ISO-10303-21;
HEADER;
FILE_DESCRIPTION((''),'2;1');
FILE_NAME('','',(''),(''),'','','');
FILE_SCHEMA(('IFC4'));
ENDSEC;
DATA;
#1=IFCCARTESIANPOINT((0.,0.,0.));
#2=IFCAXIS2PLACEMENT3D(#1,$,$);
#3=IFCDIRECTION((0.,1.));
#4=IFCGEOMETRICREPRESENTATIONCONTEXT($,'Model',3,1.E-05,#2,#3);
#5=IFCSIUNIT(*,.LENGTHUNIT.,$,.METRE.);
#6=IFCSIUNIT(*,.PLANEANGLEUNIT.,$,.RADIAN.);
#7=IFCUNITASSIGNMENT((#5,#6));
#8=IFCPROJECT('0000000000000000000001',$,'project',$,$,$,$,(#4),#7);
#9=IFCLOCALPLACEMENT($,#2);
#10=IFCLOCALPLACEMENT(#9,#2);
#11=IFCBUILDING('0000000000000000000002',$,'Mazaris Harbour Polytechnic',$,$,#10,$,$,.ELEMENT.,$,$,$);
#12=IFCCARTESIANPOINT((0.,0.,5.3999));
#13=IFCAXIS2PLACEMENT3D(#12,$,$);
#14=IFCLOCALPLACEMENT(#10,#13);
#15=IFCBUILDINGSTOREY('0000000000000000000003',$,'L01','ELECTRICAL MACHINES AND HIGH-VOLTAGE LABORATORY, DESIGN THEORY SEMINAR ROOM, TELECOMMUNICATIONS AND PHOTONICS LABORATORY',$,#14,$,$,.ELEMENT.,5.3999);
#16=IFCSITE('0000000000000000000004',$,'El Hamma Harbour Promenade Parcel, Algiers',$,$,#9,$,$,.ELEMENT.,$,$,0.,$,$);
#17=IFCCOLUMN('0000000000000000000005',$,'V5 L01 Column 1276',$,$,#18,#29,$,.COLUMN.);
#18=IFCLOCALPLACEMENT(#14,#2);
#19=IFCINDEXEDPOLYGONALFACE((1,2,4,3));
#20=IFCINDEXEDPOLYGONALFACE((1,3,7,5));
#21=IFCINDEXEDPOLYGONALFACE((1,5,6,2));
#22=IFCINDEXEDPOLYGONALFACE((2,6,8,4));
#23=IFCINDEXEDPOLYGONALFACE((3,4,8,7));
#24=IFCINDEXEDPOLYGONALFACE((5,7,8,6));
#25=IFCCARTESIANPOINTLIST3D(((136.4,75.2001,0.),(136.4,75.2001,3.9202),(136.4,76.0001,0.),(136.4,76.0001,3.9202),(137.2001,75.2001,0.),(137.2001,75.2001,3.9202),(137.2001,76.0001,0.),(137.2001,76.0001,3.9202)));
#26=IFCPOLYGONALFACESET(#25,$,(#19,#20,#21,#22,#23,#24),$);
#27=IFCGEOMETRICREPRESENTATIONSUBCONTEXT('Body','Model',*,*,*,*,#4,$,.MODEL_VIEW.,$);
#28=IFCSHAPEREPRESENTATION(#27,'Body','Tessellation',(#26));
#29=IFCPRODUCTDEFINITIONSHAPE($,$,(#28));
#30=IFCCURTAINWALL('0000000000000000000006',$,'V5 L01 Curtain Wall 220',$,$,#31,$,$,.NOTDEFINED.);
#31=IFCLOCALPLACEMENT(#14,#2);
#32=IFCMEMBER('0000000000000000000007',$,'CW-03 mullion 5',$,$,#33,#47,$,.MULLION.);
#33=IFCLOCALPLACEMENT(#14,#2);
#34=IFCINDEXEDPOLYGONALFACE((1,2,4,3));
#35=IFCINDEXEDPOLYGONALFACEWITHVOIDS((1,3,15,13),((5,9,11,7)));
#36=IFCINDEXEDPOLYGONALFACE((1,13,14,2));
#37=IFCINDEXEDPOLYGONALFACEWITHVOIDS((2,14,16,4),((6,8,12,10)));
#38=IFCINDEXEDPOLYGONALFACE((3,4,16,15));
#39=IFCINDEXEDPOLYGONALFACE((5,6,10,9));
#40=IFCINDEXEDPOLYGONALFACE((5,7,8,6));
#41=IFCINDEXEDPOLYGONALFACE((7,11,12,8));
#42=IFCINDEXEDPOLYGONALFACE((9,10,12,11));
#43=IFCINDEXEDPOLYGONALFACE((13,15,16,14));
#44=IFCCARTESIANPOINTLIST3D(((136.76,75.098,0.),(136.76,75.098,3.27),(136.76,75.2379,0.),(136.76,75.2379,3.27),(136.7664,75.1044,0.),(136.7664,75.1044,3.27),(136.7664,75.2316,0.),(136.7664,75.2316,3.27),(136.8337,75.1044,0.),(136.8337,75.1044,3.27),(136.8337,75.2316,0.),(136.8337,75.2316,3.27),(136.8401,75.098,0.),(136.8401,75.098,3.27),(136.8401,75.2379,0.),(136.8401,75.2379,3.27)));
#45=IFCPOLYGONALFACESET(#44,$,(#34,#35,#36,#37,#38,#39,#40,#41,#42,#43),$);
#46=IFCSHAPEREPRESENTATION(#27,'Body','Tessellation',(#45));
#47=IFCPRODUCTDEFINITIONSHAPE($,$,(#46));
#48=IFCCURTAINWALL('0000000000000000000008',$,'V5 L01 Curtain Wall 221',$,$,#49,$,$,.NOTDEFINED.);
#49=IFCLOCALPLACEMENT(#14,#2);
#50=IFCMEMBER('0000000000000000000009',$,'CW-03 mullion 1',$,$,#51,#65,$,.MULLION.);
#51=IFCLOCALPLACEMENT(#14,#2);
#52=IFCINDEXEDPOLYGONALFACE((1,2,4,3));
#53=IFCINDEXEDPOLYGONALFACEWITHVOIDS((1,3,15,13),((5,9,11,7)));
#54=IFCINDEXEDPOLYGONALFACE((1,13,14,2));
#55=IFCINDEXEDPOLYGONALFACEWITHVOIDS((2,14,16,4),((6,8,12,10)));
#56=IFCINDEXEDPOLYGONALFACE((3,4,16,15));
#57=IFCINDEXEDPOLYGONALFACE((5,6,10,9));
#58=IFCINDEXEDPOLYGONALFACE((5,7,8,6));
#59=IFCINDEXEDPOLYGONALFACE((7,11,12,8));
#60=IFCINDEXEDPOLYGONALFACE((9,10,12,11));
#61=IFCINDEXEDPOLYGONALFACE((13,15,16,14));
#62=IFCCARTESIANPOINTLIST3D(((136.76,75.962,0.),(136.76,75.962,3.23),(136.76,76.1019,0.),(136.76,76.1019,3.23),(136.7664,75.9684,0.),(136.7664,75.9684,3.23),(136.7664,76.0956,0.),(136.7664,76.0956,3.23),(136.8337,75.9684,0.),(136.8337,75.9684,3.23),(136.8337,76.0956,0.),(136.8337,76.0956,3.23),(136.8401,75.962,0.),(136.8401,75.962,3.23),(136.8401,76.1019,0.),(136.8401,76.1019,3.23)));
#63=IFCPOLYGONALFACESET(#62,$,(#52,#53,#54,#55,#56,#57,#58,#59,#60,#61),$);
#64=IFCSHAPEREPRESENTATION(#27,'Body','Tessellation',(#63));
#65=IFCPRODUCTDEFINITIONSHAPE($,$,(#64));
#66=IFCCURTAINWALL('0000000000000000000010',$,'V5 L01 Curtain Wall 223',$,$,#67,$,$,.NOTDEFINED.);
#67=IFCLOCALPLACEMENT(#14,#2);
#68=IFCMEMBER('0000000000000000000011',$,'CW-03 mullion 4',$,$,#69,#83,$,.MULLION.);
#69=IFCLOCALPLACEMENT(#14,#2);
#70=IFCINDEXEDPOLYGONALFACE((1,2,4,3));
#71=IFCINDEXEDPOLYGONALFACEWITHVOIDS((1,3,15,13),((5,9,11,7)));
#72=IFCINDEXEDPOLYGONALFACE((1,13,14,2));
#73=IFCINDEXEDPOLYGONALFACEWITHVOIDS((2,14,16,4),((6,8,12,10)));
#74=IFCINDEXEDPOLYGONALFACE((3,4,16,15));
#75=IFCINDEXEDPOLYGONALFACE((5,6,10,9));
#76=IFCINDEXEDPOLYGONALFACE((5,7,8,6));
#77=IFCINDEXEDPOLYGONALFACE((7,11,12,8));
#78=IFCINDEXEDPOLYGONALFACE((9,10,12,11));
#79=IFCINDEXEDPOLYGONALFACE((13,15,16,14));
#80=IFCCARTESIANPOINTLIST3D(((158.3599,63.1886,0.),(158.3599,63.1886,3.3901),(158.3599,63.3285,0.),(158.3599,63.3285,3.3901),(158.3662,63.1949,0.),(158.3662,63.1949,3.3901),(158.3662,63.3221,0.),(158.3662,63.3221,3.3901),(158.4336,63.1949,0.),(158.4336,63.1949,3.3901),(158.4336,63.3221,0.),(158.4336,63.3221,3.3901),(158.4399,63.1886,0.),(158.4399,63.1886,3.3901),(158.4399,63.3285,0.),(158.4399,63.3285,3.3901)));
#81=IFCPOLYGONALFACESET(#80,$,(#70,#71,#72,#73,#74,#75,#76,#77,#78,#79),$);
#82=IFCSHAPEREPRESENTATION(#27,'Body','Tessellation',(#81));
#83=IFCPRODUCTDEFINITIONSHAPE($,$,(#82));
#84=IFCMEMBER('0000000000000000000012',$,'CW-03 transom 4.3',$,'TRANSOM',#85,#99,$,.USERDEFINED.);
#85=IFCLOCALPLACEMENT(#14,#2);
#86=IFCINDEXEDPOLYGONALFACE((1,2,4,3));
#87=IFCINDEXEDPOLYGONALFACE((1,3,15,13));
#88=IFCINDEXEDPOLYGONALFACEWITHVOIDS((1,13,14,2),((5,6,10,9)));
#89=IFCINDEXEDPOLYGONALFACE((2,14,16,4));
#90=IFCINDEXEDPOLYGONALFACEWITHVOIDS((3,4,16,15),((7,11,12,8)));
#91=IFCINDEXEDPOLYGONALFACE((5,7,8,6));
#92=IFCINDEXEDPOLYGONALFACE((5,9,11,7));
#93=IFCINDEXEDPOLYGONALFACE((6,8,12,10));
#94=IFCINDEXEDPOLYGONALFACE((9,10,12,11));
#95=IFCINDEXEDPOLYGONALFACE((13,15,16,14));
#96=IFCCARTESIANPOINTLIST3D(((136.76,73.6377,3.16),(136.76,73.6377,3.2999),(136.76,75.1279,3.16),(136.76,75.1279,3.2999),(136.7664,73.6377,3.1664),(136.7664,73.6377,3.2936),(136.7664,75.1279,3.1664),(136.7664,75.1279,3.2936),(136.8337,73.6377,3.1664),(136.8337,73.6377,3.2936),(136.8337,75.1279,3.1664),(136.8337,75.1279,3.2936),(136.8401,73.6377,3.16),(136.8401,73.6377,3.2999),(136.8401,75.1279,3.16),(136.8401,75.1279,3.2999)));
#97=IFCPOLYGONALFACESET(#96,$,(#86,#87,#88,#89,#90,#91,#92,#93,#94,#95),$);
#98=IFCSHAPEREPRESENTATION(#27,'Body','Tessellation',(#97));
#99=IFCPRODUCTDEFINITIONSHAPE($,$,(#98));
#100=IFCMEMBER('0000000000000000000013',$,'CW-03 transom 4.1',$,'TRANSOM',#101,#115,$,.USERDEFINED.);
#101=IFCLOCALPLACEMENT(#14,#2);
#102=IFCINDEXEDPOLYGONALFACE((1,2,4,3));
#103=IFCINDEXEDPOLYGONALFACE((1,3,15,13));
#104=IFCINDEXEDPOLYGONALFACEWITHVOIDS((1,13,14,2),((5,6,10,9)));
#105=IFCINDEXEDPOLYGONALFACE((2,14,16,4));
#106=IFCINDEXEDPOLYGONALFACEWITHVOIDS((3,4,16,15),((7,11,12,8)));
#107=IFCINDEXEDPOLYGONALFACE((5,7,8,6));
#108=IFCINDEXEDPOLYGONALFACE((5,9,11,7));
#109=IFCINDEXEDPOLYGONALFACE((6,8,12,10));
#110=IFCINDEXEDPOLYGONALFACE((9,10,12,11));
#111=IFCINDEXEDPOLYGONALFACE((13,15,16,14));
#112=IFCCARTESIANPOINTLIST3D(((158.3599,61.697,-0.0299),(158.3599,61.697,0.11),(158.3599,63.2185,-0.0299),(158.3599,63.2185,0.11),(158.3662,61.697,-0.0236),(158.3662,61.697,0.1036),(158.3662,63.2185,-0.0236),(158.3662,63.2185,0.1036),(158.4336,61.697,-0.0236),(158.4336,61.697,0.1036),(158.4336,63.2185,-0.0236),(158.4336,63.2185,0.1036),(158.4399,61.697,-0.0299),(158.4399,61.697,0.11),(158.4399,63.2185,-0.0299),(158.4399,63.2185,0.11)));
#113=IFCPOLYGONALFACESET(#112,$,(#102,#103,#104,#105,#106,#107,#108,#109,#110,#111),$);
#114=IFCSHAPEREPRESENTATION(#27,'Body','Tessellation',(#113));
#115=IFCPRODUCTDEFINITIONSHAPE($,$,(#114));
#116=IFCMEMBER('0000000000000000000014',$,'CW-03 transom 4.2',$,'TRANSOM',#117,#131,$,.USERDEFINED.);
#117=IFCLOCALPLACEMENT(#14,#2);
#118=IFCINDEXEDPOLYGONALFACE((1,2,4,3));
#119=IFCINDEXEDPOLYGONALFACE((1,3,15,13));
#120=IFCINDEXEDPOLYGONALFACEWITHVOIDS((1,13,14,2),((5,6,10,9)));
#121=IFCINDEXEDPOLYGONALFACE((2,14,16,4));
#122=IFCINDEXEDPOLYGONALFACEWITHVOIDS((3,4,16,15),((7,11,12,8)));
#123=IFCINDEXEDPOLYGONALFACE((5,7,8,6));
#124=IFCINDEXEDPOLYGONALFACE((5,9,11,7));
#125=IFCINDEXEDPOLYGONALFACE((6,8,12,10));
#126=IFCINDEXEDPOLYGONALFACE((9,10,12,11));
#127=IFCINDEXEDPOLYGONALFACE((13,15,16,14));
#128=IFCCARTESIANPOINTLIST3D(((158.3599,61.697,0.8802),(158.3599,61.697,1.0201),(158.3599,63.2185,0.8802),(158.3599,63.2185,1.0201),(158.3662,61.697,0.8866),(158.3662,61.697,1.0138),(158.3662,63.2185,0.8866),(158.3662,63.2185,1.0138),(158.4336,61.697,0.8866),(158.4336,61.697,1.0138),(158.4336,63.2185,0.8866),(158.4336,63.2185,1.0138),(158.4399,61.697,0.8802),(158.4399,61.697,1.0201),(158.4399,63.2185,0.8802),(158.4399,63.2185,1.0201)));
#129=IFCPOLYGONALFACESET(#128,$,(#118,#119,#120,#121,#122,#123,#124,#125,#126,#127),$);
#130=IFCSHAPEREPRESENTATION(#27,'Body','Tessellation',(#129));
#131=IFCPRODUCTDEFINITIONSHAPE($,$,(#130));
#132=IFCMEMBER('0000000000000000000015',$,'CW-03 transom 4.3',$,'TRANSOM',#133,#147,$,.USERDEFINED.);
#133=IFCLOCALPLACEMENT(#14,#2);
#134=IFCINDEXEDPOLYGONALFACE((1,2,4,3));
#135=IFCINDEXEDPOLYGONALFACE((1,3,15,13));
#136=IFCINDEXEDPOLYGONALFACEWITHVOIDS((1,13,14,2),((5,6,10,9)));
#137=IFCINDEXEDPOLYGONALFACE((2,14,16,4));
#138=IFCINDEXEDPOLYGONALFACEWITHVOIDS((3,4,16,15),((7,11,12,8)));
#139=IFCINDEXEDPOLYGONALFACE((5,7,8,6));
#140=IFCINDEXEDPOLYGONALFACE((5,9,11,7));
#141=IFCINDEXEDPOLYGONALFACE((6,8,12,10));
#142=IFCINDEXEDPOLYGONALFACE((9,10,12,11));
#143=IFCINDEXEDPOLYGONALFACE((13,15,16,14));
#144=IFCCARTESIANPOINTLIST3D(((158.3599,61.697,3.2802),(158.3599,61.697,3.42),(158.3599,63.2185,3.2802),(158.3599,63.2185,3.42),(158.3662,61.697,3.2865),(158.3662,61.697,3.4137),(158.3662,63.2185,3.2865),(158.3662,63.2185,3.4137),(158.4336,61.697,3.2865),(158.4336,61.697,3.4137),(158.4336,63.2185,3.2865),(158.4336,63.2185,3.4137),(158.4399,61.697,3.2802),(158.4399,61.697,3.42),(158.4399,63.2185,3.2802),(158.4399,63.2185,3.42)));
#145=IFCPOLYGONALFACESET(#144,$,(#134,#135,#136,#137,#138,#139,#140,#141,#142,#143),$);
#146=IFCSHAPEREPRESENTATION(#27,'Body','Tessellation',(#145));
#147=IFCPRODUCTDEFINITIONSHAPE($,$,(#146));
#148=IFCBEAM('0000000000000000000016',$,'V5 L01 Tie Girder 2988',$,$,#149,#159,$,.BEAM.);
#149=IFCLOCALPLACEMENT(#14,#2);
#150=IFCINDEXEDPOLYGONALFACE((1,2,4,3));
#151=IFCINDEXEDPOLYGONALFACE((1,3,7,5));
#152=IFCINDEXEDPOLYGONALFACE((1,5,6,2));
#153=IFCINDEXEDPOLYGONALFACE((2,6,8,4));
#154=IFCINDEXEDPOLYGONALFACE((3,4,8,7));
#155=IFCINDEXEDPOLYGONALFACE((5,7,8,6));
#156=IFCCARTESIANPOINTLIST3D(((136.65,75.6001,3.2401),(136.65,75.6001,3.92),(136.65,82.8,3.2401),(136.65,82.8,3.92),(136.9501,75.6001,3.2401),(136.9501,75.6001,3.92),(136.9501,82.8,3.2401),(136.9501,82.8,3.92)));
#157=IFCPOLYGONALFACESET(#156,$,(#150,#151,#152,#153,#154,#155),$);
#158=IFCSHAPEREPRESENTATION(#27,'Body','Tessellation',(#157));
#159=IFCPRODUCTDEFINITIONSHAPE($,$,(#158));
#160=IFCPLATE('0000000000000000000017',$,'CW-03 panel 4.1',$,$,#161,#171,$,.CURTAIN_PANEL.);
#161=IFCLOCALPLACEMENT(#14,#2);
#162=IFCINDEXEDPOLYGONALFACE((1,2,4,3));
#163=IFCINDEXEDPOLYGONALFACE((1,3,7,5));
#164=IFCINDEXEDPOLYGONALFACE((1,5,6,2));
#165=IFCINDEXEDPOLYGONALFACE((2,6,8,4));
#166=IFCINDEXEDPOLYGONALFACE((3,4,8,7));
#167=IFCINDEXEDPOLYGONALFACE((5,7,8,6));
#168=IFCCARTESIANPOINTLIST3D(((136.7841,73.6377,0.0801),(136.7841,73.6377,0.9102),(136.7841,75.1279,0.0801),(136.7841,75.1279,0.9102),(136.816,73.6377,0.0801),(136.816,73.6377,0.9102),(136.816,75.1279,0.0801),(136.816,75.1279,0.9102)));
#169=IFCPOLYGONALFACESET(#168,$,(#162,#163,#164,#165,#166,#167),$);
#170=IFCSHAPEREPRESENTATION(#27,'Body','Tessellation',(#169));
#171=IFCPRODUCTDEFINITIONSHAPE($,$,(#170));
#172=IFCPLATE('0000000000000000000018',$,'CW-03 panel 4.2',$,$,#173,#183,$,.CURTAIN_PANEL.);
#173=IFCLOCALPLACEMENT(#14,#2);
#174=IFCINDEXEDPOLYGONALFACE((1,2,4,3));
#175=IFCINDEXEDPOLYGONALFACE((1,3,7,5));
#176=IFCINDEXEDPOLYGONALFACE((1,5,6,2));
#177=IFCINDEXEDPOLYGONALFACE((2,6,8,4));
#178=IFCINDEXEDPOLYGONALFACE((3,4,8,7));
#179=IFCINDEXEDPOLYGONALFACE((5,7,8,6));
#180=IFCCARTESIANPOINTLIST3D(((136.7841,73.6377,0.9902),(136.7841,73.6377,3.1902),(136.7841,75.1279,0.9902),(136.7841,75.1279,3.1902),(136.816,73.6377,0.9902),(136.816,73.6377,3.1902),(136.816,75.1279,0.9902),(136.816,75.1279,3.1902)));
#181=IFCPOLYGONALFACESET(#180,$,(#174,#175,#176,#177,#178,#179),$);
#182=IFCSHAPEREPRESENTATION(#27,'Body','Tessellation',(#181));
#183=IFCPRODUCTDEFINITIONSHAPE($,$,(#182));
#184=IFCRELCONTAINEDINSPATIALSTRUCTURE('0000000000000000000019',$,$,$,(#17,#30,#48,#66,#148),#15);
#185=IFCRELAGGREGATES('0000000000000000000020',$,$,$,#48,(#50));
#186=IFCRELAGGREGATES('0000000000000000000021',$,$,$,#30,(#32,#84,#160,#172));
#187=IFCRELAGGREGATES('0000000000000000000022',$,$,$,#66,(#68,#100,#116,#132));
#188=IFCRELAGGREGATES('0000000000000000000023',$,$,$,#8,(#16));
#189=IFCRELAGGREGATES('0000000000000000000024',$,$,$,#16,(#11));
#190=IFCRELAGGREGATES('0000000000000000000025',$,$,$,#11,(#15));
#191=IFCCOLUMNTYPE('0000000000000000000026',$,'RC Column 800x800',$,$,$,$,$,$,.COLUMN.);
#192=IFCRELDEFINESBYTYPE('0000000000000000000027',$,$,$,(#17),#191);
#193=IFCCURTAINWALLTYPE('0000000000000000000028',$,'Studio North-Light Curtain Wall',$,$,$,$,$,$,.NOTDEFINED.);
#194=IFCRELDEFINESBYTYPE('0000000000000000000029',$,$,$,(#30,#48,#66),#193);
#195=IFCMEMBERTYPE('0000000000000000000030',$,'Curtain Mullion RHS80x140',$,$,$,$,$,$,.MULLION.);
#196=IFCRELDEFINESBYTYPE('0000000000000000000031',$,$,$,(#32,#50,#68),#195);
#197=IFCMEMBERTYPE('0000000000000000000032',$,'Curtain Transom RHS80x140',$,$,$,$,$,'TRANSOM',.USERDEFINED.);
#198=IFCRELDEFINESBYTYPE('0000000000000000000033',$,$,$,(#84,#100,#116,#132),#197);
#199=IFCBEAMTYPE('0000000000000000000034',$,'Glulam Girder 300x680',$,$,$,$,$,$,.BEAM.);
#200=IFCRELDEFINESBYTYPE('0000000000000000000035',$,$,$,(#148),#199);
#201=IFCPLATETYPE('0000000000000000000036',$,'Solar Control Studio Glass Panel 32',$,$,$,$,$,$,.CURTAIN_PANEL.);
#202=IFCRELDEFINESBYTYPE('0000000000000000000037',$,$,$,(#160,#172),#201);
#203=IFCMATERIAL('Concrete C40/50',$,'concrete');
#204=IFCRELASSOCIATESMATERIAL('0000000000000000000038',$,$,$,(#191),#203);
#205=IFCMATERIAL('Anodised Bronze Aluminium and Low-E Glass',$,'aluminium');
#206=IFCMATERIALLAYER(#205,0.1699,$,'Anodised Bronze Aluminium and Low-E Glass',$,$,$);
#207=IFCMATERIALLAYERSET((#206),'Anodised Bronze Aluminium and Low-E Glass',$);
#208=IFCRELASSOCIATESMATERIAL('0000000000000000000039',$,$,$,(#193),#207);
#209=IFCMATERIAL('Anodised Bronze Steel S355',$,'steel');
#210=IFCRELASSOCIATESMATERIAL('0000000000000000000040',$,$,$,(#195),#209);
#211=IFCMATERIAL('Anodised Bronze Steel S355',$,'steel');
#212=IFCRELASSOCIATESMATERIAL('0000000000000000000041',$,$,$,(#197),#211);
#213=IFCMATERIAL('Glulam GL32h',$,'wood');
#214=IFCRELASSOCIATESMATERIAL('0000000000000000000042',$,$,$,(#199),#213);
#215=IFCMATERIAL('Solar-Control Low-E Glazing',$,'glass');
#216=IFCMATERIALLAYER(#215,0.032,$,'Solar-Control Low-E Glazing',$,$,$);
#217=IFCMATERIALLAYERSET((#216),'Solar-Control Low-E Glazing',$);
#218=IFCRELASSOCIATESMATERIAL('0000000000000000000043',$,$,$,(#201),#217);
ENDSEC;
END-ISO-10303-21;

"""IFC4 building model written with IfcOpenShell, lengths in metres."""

from ifc_helpers import new_model, si_unit, direction, frame, origin, origin_2d, place, context, subcontext, project, spatial, rectangle, hollow_rectangle, extrude, material, layer, layer_set, material_profile, profile_set, type_object, element, aggregate, save


model = new_model("IFC4")

# Units and contexts
model_context = context("Model", 3, precision=1e-05, world=origin(), true_north=direction((0.0, 1.0)))
body_context = subcontext(model_context, "Body", "Model", "MODEL_VIEW")
ifc_project = project(units=[si_unit("LENGTHUNIT", "METRE"), si_unit("PLANEANGLEUNIT", "RADIAN")], contexts=[model_context])

# Site, building, storey
site_placement = place(None, origin())
site = spatial("IfcSite", under=ifc_project, at=site_placement, Name="El Hamma Harbour Promenade Parcel, Algiers", CompositionType="ELEMENT", RefElevation=0.0)
building_placement = place(site_placement, origin())
building = spatial("IfcBuilding", under=site, at=building_placement, Name="Mazaris Harbour Polytechnic", CompositionType="ELEMENT")
storey_placement = place(building_placement, frame((0.0, 0.0, 5.3999)))
storey = spatial("IfcBuildingStorey", under=building, at=storey_placement, Name="L01", Description="ELECTRICAL MACHINES AND HIGH-VOLTAGE LABORATORY, DESIGN THEORY SEMINAR ROOM, TELECOMMUNICATIONS AND PHOTONICS LABORATORY", CompositionType="ELEMENT", Elevation=5.3999)

# Column
ifc_material_1 = material(Name="Concrete C40/50", Category="concrete")
ifc_material_profile_1 = material_profile(ifc_material_1, rectangle(XDim=0.8, YDim=0.8, at=origin_2d()), Name="RECT800x800")
ifc_profile_set_1 = profile_set([ifc_material_profile_1], Name="Concrete C40/50")
column_type = type_object("IfcColumnType", Name="RC Column 800x800", PredefinedType="COLUMN", material=ifc_profile_set_1)
column_placement = place(storey_placement, frame((136.8, 75.6001, 0.0), z_axis=(0.0, 0.0, 1.0), x_axis=(1.0, 0.0, 0.0)))
element("IfcColumn", 1, at=column_placement, inside=storey, type_object=column_type, Name="V5 L01 Column 1276", PredefinedType="COLUMN", context=body_context, shape_type="SweptSolid", body=[
    extrude(rectangle(XDim=0.8, YDim=0.8, at=origin_2d()), origin(), (0.0, 0.0, 1.0), 3.9202),
])

# Curtain walls, members
ifc_material_2 = material(Name="Anodised Bronze Aluminium and Low-E Glass", Category="aluminium")
ifc_layer_1 = layer(ifc_material_2, 0.1699, Name="Anodised Bronze Aluminium and Low-E Glass")
ifc_layer_set_1 = layer_set([ifc_layer_1], Name="Anodised Bronze Aluminium and Low-E Glass")
curtain_wall_type = type_object("IfcCurtainWallType", Name="Studio North-Light Curtain Wall", PredefinedType="NOTDEFINED", material=ifc_layer_set_1)
curtain_wall_1_placement = place(storey_placement, origin())
curtain_wall_1 = element("IfcCurtainWall", 2, at=curtain_wall_1_placement, inside=storey, type_object=curtain_wall_type, Name="V5 L01 Curtain Wall 220", PredefinedType="NOTDEFINED")
ifc_material_3 = material(Name="Anodised Bronze Steel S355", Category="steel")
ifc_material_profile_2 = material_profile(ifc_material_3, hollow_rectangle(XDim=0.0801, YDim=0.1399, WallThickness=0.0063, at=origin_2d()), Name="RHS 80x140x6.3")
ifc_profile_set_2 = profile_set([ifc_material_profile_2], Name="Anodised Bronze Steel S355")
member_type_1 = type_object("IfcMemberType", Name="Curtain Mullion RHS80x140", PredefinedType="MULLION", material=ifc_profile_set_2)
member_1_placement = place(storey_placement, frame((136.8, 75.168, 0.0), z_axis=(0.0, 0.0, 1.0), x_axis=(-1.0, 0.0, 0.0)))
member_1 = element("IfcMember", 3, at=member_1_placement, type_object=member_type_1, Name="CW-03 mullion 5", PredefinedType="MULLION", context=body_context, shape_type="SweptSolid", body=[
    extrude(hollow_rectangle(XDim=0.0801, YDim=0.1399, WallThickness=0.0063, at=origin_2d()), origin(), (0.0, 0.0, 1.0), 3.27),
])
curtain_wall_2_placement = place(storey_placement, origin())
curtain_wall_2 = element("IfcCurtainWall", 4, at=curtain_wall_2_placement, inside=storey, type_object=curtain_wall_type, Name="V5 L01 Curtain Wall 221", PredefinedType="NOTDEFINED")
member_2_placement = place(storey_placement, frame((136.8, 76.032, 0.0), z_axis=(0.0, 0.0, 1.0), x_axis=(-1.0, 0.0, 0.0)))
member_2 = element("IfcMember", 5, at=member_2_placement, type_object=member_type_1, Name="CW-03 mullion 1", PredefinedType="MULLION", context=body_context, shape_type="SweptSolid", body=[
    extrude(hollow_rectangle(XDim=0.0801, YDim=0.1399, WallThickness=0.0063, at=origin_2d()), origin(), (0.0, 0.0, 1.0), 3.23),
])
aggregate(curtain_wall_2, [member_2])
curtain_wall_3_placement = place(storey_placement, origin())
curtain_wall_3 = element("IfcCurtainWall", 6, at=curtain_wall_3_placement, inside=storey, type_object=curtain_wall_type, Name="V5 L01 Curtain Wall 223", PredefinedType="NOTDEFINED")
member_3_placement = place(storey_placement, frame((158.3999, 63.2585, 0.0), z_axis=(0.0, 0.0, 1.0), x_axis=(1.0, 0.0, 0.0)))
member_3 = element("IfcMember", 7, at=member_3_placement, type_object=member_type_1, Name="CW-03 mullion 4", PredefinedType="MULLION", context=body_context, shape_type="SweptSolid", body=[
    extrude(hollow_rectangle(XDim=0.0801, YDim=0.1399, WallThickness=0.0063, at=origin_2d()), origin(), (0.0, 0.0, 1.0), 3.3901),
])

# Members
ifc_material_4 = material(Name="Anodised Bronze Steel S355", Category="steel")
ifc_material_profile_3 = material_profile(ifc_material_4, hollow_rectangle(XDim=0.0801, YDim=0.1399, WallThickness=0.0063, at=origin_2d()), Name="RHS 80x140x6.3")
ifc_profile_set_3 = profile_set([ifc_material_profile_3], Name="Anodised Bronze Steel S355")
member_type_2 = type_object("IfcMemberType", Name="Curtain Transom RHS80x140", ElementType="TRANSOM", PredefinedType="USERDEFINED", material=ifc_profile_set_3)
member_4_placement = place(storey_placement, frame((136.8, 73.6377, 3.23), z_axis=(0.0, 1.0, 0.0), x_axis=(-1.0, 0.0, 0.0)))
member_4 = element("IfcMember", 8, at=member_4_placement, type_object=member_type_2, Name="CW-03 transom 4.3", ObjectType="TRANSOM", PredefinedType="USERDEFINED", context=body_context, shape_type="SweptSolid", body=[
    extrude(hollow_rectangle(XDim=0.0801, YDim=0.1399, WallThickness=0.0063, at=origin_2d()), origin(), (0.0, 0.0, 1.0), 1.4902),
])
member_5_placement = place(storey_placement, frame((158.3999, 63.2185, 0.04), z_axis=(0.0, -1.0, 0.0), x_axis=(1.0, 0.0, 0.0)))
member_5 = element("IfcMember", 9, at=member_5_placement, type_object=member_type_2, Name="CW-03 transom 4.1", ObjectType="TRANSOM", PredefinedType="USERDEFINED", context=body_context, shape_type="SweptSolid", body=[
    extrude(hollow_rectangle(XDim=0.0801, YDim=0.1399, WallThickness=0.0063, at=origin_2d()), origin(), (0.0, 0.0, 1.0), 1.5215),
])
member_6_placement = place(storey_placement, frame((158.3999, 63.2185, 0.9502), z_axis=(0.0, -1.0, 0.0), x_axis=(1.0, 0.0, 0.0)))
member_6 = element("IfcMember", 10, at=member_6_placement, type_object=member_type_2, Name="CW-03 transom 4.2", ObjectType="TRANSOM", PredefinedType="USERDEFINED", context=body_context, shape_type="SweptSolid", body=[
    extrude(hollow_rectangle(XDim=0.0801, YDim=0.1399, WallThickness=0.0063, at=origin_2d()), origin(), (0.0, 0.0, 1.0), 1.5215),
])
member_7_placement = place(storey_placement, frame((158.3999, 63.2185, 3.3501), z_axis=(0.0, -1.0, 0.0), x_axis=(1.0, 0.0, 0.0)))
member_7 = element("IfcMember", 11, at=member_7_placement, type_object=member_type_2, Name="CW-03 transom 4.3", ObjectType="TRANSOM", PredefinedType="USERDEFINED", context=body_context, shape_type="SweptSolid", body=[
    extrude(hollow_rectangle(XDim=0.0801, YDim=0.1399, WallThickness=0.0063, at=origin_2d()), origin(), (0.0, 0.0, 1.0), 1.5215),
])

# Beam
ifc_material_5 = material(Name="Glulam GL32h", Category="wood")
ifc_material_profile_4 = material_profile(ifc_material_5, rectangle(XDim=0.3, YDim=0.6799, at=origin_2d()), Name="RECT300x680")
ifc_profile_set_4 = profile_set([ifc_material_profile_4], Name="Glulam GL32h")
beam_type = type_object("IfcBeamType", Name="Glulam Girder 300x680", PredefinedType="BEAM", material=ifc_profile_set_4)
beam_placement = place(storey_placement, frame((136.8, 75.6001, 3.5801), z_axis=(0.0, 1.0, 0.0), x_axis=(-1.0, 0.0, 0.0)))
element("IfcBeam", 12, at=beam_placement, inside=storey, type_object=beam_type, Name="V5 L01 Tie Girder 2988", PredefinedType="BEAM", context=body_context, shape_type="SweptSolid", body=[
    extrude(rectangle(XDim=0.3, YDim=0.6799, at=origin_2d()), origin(), (0.0, 0.0, 1.0), 7.2),
])

# Plates
ifc_material_6 = material(Name="Solar-Control Low-E Glazing", Category="glass")
ifc_layer_2 = layer(ifc_material_6, 0.032, Name="Solar-Control Low-E Glazing")
ifc_layer_set_2 = layer_set([ifc_layer_2], Name="Solar-Control Low-E Glazing")
plate_type = type_object("IfcPlateType", Name="Solar Control Studio Glass Panel 32", PredefinedType="CURTAIN_PANEL", material=ifc_layer_set_2)
plate_1_placement = place(storey_placement, frame((136.8, 74.3828, 0.0801), z_axis=(0.0, 0.0, 1.0), x_axis=(0.0, 1.0, 0.0)))
plate_1 = element("IfcPlate", 13, at=plate_1_placement, type_object=plate_type, Name="CW-03 panel 4.1", PredefinedType="CURTAIN_PANEL", context=body_context, shape_type="SweptSolid", body=[
    extrude(rectangle(XDim=1.4902, YDim=0.032, at=origin_2d()), origin(), (0.0, 0.0, 1.0), 0.8301),
])
plate_2_placement = place(storey_placement, frame((136.8, 74.3828, 0.9902), z_axis=(0.0, 0.0, 1.0), x_axis=(0.0, 1.0, 0.0)))
plate_2 = element("IfcPlate", 14, at=plate_2_placement, type_object=plate_type, Name="CW-03 panel 4.2", PredefinedType="CURTAIN_PANEL", context=body_context, shape_type="SweptSolid", body=[
    extrude(rectangle(XDim=1.4902, YDim=0.032, at=origin_2d()), origin(), (0.0, 0.0, 1.0), 2.2),
])
aggregate(curtain_wall_1, [member_1, member_4, plate_1, plate_2])
aggregate(curtain_wall_3, [member_3, member_5, member_6, member_7])

save(model, "model.ifc")
